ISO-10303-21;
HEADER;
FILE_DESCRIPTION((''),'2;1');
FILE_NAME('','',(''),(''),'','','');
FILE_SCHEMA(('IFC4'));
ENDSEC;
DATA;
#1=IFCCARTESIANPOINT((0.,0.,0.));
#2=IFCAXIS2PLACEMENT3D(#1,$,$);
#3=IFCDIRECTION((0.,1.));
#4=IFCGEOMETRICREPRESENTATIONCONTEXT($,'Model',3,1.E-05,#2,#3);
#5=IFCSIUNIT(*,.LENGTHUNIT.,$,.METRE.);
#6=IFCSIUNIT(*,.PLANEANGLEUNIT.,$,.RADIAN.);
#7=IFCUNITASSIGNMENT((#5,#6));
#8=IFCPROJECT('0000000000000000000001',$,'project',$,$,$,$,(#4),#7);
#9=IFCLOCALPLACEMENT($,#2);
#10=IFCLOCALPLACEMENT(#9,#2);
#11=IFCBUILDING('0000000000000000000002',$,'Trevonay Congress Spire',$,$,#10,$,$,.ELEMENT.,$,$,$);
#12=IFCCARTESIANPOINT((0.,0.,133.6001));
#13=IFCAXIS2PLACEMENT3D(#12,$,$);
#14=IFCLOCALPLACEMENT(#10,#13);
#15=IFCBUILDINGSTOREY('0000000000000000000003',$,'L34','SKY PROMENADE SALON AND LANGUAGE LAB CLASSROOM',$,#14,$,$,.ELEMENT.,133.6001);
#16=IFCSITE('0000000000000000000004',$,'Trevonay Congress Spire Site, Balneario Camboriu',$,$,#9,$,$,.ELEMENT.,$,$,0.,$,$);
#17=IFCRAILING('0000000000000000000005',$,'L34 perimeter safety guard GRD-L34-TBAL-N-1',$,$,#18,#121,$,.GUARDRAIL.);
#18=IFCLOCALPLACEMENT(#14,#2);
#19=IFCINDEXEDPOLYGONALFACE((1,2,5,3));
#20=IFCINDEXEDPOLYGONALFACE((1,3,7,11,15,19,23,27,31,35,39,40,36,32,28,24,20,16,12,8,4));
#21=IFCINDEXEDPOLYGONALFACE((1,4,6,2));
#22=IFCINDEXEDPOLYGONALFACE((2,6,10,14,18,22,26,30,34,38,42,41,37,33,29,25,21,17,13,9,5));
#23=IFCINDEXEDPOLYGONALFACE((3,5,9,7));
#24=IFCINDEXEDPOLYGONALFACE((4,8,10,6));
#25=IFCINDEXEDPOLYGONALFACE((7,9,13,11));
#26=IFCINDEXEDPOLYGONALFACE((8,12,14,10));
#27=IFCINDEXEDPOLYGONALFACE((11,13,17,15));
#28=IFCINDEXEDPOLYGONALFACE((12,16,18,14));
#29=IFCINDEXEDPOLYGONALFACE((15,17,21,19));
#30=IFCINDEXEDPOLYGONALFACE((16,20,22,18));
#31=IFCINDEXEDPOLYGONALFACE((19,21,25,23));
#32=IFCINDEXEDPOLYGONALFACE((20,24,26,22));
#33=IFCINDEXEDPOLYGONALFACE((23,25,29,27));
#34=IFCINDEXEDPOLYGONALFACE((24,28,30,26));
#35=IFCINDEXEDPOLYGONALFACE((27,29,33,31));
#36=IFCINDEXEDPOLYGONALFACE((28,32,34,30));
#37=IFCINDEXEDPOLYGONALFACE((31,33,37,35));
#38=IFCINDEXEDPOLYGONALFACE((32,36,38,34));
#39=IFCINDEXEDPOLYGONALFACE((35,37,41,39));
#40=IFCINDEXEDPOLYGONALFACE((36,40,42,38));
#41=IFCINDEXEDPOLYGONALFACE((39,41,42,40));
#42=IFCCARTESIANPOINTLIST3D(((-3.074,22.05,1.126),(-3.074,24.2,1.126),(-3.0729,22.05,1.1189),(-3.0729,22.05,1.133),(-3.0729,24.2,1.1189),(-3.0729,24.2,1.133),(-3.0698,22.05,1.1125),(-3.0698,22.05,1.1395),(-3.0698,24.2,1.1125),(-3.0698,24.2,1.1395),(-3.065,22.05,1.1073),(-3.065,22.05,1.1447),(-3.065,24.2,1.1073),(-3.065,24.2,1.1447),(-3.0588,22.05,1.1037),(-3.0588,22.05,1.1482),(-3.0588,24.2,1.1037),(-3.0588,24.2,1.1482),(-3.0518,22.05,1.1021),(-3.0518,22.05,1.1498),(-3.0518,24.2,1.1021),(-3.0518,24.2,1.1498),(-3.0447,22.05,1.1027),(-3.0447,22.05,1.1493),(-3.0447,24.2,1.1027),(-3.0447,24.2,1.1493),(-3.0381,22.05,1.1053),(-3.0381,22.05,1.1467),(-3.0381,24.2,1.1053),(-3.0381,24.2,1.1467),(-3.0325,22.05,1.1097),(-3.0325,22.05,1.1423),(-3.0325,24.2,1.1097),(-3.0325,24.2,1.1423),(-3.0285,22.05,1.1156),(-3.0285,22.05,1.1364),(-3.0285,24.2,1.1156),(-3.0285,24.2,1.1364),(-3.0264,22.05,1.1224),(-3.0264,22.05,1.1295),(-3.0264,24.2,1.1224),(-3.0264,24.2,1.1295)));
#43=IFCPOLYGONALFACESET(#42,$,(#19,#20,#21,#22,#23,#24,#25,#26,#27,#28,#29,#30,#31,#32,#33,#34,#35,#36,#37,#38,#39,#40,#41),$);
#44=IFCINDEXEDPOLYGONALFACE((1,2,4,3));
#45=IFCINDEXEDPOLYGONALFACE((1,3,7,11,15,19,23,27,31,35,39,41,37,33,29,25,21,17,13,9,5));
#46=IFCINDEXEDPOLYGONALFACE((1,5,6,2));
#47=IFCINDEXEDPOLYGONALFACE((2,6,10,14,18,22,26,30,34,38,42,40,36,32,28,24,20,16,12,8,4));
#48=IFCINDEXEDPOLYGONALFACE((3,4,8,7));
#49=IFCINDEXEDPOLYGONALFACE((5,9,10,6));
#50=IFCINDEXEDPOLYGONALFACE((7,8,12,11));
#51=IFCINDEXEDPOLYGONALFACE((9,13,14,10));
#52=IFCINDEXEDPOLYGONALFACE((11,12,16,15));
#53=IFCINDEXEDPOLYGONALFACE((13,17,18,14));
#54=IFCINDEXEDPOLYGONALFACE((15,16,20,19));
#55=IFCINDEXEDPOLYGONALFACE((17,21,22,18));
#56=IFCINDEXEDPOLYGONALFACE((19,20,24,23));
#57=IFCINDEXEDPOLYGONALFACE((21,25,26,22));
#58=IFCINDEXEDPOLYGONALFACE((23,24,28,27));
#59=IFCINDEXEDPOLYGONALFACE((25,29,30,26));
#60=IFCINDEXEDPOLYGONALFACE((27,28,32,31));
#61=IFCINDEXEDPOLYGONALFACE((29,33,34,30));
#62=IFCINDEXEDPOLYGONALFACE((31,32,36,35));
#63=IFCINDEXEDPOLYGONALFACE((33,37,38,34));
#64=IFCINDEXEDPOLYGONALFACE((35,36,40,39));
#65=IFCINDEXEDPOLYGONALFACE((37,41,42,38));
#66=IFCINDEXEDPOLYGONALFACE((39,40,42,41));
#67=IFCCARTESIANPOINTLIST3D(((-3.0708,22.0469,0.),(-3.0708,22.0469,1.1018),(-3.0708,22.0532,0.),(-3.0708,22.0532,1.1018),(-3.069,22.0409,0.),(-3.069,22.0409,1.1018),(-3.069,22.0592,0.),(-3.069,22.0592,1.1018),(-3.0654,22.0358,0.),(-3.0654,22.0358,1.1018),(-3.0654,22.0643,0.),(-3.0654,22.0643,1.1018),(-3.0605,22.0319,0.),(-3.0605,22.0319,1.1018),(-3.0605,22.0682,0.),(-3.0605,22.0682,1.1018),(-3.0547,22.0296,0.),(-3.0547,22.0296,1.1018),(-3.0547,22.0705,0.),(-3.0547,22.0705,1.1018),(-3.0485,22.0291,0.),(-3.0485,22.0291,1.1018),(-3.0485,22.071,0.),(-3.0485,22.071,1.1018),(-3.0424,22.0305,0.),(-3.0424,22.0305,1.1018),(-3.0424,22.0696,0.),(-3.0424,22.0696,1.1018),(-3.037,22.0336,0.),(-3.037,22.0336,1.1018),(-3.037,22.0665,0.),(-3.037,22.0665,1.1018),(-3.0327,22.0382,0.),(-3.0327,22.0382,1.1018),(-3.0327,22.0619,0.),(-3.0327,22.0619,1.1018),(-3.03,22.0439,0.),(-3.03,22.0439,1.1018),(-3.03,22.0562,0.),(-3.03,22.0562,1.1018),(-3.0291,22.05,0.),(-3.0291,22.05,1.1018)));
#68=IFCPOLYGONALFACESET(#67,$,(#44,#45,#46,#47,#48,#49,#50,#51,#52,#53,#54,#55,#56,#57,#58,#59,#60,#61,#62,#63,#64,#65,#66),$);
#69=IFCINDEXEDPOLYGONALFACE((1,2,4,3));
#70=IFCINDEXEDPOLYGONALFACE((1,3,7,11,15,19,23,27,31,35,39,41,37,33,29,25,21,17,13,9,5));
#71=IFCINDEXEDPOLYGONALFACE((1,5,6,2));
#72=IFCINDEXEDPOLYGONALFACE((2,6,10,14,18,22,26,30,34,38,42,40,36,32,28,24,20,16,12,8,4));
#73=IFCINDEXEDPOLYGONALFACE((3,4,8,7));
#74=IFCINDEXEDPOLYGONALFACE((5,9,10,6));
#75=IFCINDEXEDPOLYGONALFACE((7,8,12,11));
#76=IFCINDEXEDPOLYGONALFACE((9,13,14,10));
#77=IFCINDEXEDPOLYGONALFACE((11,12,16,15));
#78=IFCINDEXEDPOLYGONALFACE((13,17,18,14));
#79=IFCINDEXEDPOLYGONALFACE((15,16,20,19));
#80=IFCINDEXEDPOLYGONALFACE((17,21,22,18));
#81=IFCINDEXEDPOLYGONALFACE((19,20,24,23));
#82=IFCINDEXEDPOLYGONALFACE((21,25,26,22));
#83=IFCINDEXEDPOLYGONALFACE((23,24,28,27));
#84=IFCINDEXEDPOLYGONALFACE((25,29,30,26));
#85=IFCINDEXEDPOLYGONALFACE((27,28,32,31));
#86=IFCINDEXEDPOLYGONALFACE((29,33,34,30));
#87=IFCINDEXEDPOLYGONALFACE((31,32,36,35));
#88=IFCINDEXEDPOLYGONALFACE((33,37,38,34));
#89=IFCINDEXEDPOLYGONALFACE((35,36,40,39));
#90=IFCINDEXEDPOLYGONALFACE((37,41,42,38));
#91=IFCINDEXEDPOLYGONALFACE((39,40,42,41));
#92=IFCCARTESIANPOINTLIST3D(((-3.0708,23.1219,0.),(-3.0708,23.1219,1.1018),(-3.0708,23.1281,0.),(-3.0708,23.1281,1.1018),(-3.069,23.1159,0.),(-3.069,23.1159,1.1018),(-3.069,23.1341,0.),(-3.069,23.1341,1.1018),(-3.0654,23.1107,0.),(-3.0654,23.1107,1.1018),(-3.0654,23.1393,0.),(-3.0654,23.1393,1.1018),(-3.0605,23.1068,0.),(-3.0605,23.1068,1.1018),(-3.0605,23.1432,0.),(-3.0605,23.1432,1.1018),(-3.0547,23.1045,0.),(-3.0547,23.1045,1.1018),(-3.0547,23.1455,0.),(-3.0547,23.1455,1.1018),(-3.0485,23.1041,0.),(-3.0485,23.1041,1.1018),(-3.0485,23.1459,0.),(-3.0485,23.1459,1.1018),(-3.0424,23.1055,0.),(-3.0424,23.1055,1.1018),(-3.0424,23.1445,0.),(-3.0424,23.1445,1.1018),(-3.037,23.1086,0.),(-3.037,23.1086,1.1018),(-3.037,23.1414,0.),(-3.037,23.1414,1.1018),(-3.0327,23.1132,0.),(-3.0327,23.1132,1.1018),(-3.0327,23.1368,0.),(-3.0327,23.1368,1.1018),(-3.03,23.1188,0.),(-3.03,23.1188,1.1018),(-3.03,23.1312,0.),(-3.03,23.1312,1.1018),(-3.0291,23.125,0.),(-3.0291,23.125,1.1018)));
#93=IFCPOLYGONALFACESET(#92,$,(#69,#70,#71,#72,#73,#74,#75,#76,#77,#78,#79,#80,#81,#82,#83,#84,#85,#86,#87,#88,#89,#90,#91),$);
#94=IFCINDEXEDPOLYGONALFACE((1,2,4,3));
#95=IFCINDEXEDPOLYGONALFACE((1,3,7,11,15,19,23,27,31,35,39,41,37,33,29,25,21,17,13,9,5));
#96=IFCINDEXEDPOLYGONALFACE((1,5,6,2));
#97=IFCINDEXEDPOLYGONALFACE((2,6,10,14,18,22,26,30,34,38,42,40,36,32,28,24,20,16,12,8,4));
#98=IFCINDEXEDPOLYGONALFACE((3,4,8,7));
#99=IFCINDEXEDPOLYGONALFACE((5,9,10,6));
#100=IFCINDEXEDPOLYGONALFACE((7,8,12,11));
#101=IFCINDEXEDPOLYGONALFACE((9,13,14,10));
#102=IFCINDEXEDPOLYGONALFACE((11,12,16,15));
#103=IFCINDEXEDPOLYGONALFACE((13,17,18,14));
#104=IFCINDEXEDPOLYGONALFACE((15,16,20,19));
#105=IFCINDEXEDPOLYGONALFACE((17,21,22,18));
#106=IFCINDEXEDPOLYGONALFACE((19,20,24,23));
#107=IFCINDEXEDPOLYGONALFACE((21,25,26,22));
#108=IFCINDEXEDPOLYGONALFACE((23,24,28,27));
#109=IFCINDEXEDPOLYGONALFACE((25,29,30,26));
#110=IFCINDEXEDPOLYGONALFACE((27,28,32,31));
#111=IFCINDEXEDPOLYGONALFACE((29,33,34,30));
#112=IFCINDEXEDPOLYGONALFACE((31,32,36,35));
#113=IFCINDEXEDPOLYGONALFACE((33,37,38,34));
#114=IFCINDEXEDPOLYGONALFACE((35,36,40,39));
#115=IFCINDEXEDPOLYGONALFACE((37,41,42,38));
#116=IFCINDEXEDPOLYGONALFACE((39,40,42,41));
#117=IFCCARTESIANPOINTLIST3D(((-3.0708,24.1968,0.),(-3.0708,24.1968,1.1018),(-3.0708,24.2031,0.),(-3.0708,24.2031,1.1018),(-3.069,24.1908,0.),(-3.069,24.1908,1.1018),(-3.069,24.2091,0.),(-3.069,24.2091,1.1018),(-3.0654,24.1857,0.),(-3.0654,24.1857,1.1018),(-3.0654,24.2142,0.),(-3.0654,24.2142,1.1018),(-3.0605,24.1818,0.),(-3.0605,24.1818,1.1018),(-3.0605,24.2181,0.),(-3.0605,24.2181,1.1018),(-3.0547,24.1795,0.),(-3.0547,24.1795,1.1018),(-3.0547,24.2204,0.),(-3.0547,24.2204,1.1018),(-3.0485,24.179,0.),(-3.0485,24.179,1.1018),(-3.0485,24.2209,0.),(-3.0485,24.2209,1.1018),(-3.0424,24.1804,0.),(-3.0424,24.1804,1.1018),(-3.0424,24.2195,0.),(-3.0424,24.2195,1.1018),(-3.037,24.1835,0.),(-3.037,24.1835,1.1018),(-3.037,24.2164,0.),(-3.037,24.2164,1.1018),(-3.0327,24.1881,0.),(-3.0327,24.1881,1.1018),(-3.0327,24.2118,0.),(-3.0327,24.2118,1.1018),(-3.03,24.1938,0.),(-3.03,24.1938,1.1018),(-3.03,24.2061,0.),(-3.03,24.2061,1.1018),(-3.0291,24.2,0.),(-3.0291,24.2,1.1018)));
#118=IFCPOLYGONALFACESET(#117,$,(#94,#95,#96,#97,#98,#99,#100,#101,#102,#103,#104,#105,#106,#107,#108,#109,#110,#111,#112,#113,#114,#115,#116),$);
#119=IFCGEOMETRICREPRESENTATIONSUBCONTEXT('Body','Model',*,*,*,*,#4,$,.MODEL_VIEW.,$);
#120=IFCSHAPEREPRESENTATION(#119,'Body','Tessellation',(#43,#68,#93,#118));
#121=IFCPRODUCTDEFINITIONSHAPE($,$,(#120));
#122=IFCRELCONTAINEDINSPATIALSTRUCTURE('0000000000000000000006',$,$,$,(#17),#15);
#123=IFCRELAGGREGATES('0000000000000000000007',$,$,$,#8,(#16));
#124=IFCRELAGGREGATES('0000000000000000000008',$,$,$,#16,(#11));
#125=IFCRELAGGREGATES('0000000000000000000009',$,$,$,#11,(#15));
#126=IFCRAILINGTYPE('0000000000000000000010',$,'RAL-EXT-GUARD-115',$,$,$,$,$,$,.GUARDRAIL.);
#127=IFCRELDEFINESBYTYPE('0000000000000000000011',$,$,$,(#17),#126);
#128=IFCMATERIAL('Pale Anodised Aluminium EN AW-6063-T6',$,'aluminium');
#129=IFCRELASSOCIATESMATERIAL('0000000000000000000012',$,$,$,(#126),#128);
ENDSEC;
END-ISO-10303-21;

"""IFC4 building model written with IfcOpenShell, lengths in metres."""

from ifc_helpers import new_model, si_unit, direction, frame, origin, origin_2d, place, context, subcontext, project, spatial, circle, extrude, material, type_object, element, save


model = new_model("IFC4")

# Units and contexts
model_context = context("Model", 3, precision=1e-05, world=origin(), true_north=direction((0.0, 1.0)))
body_context = subcontext(model_context, "Body", "Model", "MODEL_VIEW")
ifc_project = project(units=[si_unit("LENGTHUNIT", "METRE"), si_unit("PLANEANGLEUNIT", "RADIAN")], contexts=[model_context])

# Site, building, storey
site_placement = place(None, origin())
site = spatial("IfcSite", under=ifc_project, at=site_placement, Name="Trevonay Congress Spire Site, Balneario Camboriu", CompositionType="ELEMENT", RefElevation=0.0)
building_placement = place(site_placement, origin())
building = spatial("IfcBuilding", under=site, at=building_placement, Name="Trevonay Congress Spire", CompositionType="ELEMENT")
storey_placement = place(building_placement, frame((0.0, 0.0, 133.6001)))
storey = spatial("IfcBuildingStorey", under=building, at=storey_placement, Name="L34", Description="SKY PROMENADE SALON AND LANGUAGE LAB CLASSROOM", CompositionType="ELEMENT", Elevation=133.6001)

# Shared definitions
ifc_material_1 = material(Name="Pale Anodised Aluminium EN AW-6063-T6", Category="aluminium")

# Railing
railing_type = type_object("IfcRailingType", Name="RAL-EXT-GUARD-115", PredefinedType="GUARDRAIL", material=ifc_material_1)
railing_1_placement = place(storey_placement, frame((-3.05, 22.05, 0.0)))
element("IfcRailing", 1, at=railing_1_placement, inside=storey, type_object=railing_type, Name="L34 perimeter safety guard GRD-L34-TBAL-N-1", PredefinedType="GUARDRAIL", context=body_context, shape_type="SweptSolid", body=[
    extrude(circle(Radius=0.0239, at=origin_2d()), frame((0.0, 0.0, 1.126), z_axis=(0.0, 1.0, 0.0), x_axis=(-1.0, 0.0, 0.0)), (0.0, 0.0, 1.0), 2.1499),
    extrude(circle(Radius=0.021, at=origin_2d()), origin(), (0.0, 0.0, 1.0), 1.1018),
    extrude(circle(Radius=0.021, at=origin_2d()), frame((0.0, 1.075, 0.0)), (0.0, 0.0, 1.0), 1.1018),
    extrude(circle(Radius=0.021, at=origin_2d()), frame((0.0, 2.1499, 0.0)), (0.0, 0.0, 1.0), 1.1018),
])

save(model, "model.ifc")
